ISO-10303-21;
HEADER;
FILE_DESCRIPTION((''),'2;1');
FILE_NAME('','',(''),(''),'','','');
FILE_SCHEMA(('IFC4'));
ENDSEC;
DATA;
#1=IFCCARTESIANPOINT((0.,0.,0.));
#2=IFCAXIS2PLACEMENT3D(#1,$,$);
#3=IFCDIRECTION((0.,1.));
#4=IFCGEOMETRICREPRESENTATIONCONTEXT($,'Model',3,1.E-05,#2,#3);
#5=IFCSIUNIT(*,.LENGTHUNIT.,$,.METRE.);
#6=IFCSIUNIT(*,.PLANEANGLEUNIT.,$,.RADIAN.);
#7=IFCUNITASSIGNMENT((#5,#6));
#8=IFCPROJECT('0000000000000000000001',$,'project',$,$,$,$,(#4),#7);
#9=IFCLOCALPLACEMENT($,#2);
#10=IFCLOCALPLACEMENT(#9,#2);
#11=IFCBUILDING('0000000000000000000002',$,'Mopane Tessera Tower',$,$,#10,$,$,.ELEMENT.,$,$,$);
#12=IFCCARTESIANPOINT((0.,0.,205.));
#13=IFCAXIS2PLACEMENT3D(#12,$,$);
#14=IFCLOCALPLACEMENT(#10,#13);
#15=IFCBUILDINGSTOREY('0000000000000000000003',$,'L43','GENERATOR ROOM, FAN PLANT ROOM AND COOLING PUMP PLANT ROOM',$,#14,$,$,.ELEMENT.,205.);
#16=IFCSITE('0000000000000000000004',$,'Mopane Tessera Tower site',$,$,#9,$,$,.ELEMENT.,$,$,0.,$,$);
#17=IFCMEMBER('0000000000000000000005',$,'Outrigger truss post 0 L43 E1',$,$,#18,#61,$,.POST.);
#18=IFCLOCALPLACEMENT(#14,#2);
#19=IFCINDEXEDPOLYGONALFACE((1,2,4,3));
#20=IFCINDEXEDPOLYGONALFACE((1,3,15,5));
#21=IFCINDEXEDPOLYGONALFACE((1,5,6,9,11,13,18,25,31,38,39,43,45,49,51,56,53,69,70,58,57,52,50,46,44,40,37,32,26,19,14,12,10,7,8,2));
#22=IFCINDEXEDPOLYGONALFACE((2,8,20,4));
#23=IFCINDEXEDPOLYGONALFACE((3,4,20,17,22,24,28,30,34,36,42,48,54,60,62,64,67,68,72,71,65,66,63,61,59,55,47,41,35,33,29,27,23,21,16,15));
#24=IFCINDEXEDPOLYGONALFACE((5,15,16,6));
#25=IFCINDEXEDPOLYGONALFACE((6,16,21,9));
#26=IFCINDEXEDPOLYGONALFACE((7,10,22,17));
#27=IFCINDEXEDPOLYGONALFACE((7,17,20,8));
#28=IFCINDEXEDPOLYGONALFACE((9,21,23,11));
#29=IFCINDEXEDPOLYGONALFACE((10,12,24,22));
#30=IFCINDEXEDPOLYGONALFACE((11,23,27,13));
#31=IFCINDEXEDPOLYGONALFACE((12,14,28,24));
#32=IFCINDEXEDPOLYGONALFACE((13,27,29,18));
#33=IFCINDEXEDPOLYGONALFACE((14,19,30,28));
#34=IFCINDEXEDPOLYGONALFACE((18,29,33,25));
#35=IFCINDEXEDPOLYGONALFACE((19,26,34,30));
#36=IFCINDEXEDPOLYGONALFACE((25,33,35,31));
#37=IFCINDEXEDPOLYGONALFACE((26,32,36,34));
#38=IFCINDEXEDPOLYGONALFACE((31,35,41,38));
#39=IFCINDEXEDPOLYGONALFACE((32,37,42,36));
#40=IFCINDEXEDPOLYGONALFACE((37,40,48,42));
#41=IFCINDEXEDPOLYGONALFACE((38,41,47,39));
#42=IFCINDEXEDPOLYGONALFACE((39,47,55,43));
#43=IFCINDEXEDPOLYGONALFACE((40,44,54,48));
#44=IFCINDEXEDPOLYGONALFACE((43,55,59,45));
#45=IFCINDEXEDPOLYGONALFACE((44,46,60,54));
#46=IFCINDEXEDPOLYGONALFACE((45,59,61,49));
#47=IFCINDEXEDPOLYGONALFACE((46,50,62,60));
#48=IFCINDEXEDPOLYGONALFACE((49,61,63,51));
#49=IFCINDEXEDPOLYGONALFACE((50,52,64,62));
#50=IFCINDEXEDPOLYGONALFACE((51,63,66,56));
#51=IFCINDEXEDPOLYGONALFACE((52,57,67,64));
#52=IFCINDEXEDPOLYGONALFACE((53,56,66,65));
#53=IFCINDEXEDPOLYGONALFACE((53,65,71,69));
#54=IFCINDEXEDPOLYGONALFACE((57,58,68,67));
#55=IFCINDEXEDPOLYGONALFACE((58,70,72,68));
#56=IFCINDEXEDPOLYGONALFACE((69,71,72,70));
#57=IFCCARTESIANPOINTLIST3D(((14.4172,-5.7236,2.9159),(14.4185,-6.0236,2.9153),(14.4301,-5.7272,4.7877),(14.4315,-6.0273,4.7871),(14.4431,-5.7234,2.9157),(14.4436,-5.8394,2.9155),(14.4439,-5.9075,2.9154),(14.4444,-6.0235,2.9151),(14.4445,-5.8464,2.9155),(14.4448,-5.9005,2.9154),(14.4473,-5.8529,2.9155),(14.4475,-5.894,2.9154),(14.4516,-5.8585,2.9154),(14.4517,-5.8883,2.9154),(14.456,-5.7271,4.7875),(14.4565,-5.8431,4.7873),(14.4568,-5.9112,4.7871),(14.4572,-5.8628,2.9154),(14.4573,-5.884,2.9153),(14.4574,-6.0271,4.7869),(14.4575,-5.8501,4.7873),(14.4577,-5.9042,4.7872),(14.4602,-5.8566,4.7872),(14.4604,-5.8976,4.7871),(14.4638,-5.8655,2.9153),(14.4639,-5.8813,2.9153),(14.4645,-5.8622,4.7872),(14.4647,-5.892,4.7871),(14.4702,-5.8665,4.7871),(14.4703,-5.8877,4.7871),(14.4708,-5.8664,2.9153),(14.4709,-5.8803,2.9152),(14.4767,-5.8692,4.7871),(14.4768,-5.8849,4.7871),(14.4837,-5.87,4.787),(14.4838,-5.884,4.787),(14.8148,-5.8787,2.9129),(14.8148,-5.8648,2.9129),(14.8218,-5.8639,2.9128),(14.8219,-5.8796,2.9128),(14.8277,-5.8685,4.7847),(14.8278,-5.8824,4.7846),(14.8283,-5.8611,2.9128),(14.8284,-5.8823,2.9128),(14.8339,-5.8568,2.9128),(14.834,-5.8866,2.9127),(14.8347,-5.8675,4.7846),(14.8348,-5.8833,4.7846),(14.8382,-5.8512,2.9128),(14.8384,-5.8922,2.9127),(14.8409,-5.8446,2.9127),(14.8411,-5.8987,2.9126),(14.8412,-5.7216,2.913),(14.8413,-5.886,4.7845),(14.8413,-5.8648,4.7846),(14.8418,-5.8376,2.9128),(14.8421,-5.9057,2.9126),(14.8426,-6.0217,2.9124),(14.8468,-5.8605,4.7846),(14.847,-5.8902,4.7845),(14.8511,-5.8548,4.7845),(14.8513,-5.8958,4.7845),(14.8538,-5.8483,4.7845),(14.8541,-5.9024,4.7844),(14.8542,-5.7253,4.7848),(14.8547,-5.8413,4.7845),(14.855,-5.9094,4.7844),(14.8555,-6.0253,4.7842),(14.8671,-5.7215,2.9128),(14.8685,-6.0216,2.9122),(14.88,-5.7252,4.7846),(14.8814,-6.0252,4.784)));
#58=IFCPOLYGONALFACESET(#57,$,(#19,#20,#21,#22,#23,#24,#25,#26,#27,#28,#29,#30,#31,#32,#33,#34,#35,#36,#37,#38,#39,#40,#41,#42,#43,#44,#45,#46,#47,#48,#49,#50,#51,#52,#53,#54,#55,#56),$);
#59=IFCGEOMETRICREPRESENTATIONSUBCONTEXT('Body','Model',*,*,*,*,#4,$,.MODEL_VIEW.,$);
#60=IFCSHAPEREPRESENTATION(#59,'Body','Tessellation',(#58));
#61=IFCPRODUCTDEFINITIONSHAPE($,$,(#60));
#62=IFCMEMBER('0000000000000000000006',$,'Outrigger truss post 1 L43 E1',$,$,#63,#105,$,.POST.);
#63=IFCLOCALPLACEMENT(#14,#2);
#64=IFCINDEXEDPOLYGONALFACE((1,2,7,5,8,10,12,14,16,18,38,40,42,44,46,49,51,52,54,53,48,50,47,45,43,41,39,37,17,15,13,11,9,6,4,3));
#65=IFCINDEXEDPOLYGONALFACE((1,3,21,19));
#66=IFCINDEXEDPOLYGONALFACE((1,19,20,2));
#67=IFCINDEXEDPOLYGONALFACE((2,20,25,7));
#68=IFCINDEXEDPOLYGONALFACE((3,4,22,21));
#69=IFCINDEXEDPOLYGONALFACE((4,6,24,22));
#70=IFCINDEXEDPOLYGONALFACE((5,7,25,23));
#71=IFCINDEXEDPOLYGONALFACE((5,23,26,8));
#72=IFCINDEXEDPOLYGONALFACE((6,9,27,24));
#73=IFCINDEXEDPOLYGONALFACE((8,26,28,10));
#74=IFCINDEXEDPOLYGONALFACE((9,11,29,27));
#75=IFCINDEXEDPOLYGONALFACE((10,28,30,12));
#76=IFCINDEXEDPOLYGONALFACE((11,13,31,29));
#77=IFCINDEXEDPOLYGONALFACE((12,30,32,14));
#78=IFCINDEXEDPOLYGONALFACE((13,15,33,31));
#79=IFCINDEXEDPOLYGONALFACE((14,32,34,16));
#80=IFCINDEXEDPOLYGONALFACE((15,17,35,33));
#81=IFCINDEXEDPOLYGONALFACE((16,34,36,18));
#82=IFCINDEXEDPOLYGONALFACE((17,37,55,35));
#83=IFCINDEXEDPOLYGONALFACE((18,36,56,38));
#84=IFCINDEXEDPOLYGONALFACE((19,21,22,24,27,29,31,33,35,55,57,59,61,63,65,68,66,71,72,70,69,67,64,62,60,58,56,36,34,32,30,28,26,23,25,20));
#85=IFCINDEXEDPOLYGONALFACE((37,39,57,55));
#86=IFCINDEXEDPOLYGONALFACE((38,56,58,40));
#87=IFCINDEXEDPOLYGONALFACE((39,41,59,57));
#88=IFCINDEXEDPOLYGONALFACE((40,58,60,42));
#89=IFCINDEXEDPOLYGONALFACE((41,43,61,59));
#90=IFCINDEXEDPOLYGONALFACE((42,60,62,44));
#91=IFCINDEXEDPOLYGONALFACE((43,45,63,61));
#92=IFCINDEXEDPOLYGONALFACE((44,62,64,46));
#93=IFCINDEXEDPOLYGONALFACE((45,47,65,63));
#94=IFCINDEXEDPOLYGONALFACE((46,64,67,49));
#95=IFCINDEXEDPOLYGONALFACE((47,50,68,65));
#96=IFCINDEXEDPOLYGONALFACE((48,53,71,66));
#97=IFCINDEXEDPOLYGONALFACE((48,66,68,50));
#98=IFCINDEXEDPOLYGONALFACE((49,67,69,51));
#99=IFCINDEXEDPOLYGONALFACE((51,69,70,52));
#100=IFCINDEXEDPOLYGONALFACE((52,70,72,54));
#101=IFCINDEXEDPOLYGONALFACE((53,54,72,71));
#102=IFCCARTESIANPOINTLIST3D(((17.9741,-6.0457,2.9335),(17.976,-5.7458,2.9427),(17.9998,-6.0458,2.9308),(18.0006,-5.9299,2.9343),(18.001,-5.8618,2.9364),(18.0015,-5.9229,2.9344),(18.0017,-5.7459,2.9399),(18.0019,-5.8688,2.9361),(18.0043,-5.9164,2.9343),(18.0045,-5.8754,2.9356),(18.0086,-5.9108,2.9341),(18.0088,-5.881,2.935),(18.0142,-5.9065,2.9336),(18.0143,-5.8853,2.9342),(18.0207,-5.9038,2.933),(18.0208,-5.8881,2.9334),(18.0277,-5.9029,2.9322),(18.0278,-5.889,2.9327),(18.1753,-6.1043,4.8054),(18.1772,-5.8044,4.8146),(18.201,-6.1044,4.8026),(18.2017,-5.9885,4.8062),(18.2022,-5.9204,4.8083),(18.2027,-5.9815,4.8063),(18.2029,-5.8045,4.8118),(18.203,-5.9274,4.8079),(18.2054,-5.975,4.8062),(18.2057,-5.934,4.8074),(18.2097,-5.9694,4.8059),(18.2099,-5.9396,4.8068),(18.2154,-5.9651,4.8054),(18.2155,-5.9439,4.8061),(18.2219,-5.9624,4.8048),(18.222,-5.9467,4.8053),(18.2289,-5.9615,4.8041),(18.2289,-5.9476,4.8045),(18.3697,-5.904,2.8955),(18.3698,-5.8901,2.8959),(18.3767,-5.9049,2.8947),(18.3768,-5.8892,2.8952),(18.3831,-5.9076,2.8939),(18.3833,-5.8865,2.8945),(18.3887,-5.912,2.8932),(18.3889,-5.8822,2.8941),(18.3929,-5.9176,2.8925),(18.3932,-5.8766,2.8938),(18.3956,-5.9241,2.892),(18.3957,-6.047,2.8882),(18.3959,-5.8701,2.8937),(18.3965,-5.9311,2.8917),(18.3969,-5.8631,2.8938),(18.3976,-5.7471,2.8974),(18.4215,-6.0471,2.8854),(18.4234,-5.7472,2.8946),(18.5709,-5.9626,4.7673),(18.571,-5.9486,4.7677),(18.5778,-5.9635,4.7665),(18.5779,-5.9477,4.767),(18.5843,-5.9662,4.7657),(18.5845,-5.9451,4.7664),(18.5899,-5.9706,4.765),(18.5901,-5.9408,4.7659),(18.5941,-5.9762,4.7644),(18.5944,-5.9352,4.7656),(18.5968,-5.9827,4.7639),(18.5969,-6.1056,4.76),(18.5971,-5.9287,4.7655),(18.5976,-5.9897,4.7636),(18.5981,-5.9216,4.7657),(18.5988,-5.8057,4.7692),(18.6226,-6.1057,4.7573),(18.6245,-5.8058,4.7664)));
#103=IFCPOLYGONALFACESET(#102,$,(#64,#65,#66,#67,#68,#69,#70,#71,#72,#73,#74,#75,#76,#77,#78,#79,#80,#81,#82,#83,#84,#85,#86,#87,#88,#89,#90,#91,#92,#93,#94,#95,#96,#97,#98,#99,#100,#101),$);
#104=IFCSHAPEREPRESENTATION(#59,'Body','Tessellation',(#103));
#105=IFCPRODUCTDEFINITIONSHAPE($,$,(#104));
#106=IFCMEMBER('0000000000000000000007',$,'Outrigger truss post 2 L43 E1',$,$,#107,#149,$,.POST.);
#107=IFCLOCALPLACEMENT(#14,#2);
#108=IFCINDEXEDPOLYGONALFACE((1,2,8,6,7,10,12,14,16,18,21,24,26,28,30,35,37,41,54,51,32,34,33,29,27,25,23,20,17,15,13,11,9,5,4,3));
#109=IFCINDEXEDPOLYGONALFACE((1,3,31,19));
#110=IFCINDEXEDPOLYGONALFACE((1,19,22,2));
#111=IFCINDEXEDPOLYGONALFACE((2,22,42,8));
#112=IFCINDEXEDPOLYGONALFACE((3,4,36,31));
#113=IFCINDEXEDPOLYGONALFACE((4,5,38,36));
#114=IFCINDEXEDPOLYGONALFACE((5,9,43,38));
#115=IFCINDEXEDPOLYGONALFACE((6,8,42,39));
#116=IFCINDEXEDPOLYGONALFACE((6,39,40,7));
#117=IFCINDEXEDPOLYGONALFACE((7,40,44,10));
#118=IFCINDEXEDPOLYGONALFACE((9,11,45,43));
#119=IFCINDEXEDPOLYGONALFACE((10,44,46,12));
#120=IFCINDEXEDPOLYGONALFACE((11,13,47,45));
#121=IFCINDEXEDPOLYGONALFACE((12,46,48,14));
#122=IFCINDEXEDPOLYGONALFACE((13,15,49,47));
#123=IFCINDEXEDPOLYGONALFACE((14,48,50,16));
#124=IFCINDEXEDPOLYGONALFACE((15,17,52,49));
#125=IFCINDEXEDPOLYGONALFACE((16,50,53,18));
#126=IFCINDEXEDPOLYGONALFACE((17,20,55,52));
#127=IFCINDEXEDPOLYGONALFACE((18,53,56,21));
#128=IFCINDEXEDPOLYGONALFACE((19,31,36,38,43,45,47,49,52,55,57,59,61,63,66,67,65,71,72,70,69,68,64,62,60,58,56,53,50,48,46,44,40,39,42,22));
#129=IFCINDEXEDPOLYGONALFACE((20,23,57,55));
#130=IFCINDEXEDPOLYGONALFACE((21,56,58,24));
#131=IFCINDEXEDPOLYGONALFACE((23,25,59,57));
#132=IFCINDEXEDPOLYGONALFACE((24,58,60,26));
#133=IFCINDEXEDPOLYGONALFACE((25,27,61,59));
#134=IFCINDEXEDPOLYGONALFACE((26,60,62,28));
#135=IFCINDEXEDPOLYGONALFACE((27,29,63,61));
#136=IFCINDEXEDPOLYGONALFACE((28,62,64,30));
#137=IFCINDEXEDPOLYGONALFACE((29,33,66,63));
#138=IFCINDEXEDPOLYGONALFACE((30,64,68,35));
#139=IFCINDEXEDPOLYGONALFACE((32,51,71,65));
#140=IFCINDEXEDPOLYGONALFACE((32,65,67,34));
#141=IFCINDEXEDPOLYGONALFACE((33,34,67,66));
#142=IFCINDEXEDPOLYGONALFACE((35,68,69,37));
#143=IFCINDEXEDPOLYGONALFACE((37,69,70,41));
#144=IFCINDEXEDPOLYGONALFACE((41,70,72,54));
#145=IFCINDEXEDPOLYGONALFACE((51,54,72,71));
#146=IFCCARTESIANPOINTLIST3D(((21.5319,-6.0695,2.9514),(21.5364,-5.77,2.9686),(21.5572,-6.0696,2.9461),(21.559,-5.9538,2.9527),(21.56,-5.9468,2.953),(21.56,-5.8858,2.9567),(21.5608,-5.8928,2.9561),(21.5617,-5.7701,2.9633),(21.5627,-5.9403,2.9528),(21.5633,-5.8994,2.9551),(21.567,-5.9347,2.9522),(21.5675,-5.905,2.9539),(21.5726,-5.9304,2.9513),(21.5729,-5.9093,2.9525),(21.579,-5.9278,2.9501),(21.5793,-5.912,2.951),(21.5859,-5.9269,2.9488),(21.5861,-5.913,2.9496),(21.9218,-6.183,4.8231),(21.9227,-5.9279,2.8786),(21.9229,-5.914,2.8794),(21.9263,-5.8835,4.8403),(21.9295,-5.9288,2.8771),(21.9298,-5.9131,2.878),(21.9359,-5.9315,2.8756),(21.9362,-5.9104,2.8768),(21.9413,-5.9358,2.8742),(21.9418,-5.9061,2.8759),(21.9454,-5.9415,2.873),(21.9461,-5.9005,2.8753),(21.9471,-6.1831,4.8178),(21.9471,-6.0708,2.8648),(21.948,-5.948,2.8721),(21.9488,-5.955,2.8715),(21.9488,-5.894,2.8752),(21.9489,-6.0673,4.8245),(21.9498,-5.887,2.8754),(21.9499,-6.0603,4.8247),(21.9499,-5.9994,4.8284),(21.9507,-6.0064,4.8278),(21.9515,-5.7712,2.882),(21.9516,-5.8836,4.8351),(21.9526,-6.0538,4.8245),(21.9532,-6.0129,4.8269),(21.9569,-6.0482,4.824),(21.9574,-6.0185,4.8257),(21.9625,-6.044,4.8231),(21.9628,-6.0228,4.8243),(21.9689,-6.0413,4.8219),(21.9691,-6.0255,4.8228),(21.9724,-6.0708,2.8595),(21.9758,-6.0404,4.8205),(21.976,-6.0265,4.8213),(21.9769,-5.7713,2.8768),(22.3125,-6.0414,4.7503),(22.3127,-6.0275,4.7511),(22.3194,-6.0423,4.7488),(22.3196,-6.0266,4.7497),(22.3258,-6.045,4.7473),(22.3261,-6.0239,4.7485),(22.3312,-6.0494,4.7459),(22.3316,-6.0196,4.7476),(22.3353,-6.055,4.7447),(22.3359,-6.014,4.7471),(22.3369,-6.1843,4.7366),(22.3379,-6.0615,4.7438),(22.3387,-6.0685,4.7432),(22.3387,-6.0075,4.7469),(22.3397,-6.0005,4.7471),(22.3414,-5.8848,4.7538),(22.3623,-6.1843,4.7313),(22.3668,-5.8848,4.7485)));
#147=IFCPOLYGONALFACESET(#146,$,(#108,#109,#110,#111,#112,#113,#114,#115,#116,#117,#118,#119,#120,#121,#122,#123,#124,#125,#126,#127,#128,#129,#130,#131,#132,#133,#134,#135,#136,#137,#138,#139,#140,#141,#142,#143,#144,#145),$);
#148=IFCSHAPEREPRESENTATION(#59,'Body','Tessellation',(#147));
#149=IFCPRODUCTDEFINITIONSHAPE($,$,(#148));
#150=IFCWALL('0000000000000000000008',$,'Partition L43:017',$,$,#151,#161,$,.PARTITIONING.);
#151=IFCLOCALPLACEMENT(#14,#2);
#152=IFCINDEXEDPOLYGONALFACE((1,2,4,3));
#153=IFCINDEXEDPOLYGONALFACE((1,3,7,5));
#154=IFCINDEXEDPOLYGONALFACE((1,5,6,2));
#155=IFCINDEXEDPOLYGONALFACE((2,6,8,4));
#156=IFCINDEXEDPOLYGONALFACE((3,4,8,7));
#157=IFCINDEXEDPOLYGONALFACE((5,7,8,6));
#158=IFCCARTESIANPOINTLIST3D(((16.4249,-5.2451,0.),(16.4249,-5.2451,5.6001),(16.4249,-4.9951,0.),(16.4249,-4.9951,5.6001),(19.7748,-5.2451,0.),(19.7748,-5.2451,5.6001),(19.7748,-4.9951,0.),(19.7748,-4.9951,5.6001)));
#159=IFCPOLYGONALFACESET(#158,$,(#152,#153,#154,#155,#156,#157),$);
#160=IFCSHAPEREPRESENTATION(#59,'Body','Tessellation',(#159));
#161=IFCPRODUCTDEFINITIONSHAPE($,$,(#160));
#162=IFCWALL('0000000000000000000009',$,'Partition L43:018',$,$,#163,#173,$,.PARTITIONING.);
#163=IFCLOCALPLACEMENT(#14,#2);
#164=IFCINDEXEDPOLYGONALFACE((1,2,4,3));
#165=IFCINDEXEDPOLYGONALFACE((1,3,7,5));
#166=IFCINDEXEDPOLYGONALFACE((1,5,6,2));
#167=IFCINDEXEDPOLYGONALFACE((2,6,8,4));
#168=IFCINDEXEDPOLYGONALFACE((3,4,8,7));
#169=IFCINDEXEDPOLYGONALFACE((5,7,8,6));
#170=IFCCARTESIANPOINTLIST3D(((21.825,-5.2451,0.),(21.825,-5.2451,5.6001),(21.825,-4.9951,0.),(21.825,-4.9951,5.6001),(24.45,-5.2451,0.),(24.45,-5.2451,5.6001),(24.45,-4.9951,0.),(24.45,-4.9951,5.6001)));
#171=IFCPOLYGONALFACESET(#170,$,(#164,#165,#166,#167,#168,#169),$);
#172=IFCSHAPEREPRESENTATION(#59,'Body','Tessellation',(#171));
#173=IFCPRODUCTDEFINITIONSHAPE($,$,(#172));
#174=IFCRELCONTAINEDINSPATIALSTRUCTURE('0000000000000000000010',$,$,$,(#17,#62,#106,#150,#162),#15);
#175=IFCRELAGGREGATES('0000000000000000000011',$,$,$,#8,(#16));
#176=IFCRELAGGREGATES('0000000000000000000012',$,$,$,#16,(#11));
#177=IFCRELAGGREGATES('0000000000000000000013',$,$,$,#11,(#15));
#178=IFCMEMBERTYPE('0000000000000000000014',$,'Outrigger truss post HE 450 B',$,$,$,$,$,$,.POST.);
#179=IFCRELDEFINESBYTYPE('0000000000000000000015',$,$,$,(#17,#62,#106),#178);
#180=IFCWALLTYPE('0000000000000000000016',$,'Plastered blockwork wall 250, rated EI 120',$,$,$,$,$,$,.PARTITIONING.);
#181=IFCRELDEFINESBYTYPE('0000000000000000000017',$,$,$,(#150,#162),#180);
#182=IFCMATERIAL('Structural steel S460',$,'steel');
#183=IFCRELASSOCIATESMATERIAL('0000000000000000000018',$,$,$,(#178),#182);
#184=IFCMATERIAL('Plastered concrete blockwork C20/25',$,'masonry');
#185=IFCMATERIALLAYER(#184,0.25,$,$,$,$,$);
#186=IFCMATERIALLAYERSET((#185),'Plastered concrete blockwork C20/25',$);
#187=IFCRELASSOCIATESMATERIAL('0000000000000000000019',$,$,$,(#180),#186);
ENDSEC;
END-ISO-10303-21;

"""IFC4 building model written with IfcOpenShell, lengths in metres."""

from ifc_helpers import new_model, si_unit, direction, frame, frame_2d, origin, origin_2d, place, context, subcontext, project, spatial, rectangle, i_section, extrude, material, layer, layer_set, material_profile, profile_set, type_object, element, save


model = new_model("IFC4")

# Units and contexts
model_context = context("Model", 3, precision=1e-05, world=origin(), true_north=direction((0.0, 1.0)))
body_context = subcontext(model_context, "Body", "Model", "MODEL_VIEW")
ifc_project = project(units=[si_unit("LENGTHUNIT", "METRE"), si_unit("PLANEANGLEUNIT", "RADIAN")], contexts=[model_context])

# Site, building, storey
site_placement = place(None, origin())
site = spatial("IfcSite", under=ifc_project, at=site_placement, Name="Mopane Tessera Tower site", CompositionType="ELEMENT", RefElevation=0.0)
building_placement = place(site_placement, origin())
building = spatial("IfcBuilding", under=site, at=building_placement, Name="Mopane Tessera Tower", CompositionType="ELEMENT")
storey_placement = place(building_placement, frame((0.0, 0.0, 205.0)))
storey = spatial("IfcBuildingStorey", under=building, at=storey_placement, Name="L43", Description="GENERATOR ROOM, FAN PLANT ROOM AND COOLING PUMP PLANT ROOM", CompositionType="ELEMENT", Elevation=205.0)

# Members
ifc_material_1 = material(Name="Structural steel S460", Category="steel")
ifc_material_profile_1 = material_profile(ifc_material_1, i_section(OverallWidth=0.3, OverallDepth=0.45, WebThickness=0.0139, FlangeThickness=0.0259, FilletRadius=0.0271, at=origin_2d()))
ifc_profile_set_1 = profile_set([ifc_material_profile_1], Name="Structural steel S460")
member_type_1 = type_object("IfcMemberType", Name="Outrigger truss post HE 450 B", PredefinedType="POST", material=ifc_profile_set_1)
member_1_placement = place(storey_placement, frame((14.6428, -5.8726, 2.9141), z_axis=(0.006913, -0.001956, 0.999974), x_axis=(-0.004537, 0.999988, 0.001988)))
element("IfcMember", 1, at=member_1_placement, inside=storey, type_object=member_type_1, Name="Outrigger truss post 0 L43 E1", PredefinedType="POST", context=body_context, shape_type="SweptSolid", body=[
    extrude(i_section(OverallWidth=0.3, OverallDepth=0.45, WebThickness=0.0139, FlangeThickness=0.0259, FilletRadius=0.0271, at=origin_2d()), origin(), (0.0, 0.0, 1.0), 1.8718),
])
member_2_placement = place(storey_placement, frame((18.1987, -5.8965, 2.9141), z_axis=(0.106807, -0.031109, 0.993793), x_axis=(0.006359, 0.999511, 0.030604)))
element("IfcMember", 2, at=member_2_placement, inside=storey, type_object=member_type_1, Name="Outrigger truss post 1 L43 E1", PredefinedType="POST", context=body_context, shape_type="SweptSolid", body=[
    extrude(i_section(OverallWidth=0.3, OverallDepth=0.45, WebThickness=0.0139, FlangeThickness=0.0259, FilletRadius=0.0271, at=origin_2d()), origin(), (0.0, 0.0, 1.0), 1.8835),
])
member_3_placement = place(storey_placement, frame((21.7544, -5.9204, 2.9141), z_axis=(0.20356, -0.059271, 0.977267), x_axis=(0.014948, 0.998238, 0.057429)))
element("IfcMember", 3, at=member_3_placement, inside=storey, type_object=member_type_1, Name="Outrigger truss post 2 L43 E1", PredefinedType="POST", context=body_context, shape_type="SweptSolid", body=[
    extrude(i_section(OverallWidth=0.3, OverallDepth=0.45, WebThickness=0.0139, FlangeThickness=0.0259, FilletRadius=0.0271, at=origin_2d()), origin(), (0.0, 0.0, 1.0), 1.9153),
])

# Walls
ifc_material_2 = material(Name="Plastered concrete blockwork C20/25", Category="masonry")
ifc_layer_1 = layer(ifc_material_2, 0.25)
ifc_layer_set_1 = layer_set([ifc_layer_1], Name="Plastered concrete blockwork C20/25")
wall_type = type_object("IfcWallType", Name="Plastered blockwork wall 250, rated EI 120", PredefinedType="PARTITIONING", material=ifc_layer_set_1)
wall_1_placement = place(storey_placement, frame((16.425, -5.1201, 0.0), z_axis=(0.0, 0.0, 1.0), x_axis=(1.0, 0.0, 0.0)))
element("IfcWall", 4, at=wall_1_placement, inside=storey, type_object=wall_type, Name="Partition L43:017", PredefinedType="PARTITIONING", context=body_context, shape_type="SweptSolid", body=[
    extrude(rectangle(XDim=3.3499, YDim=0.25, at=frame_2d((1.6748, 0.0))), origin(), (0.0, 0.0, 1.0), 5.6001),
])
wall_2_placement = place(storey_placement, frame((21.825, -5.1201, 0.0), z_axis=(0.0, 0.0, 1.0), x_axis=(1.0, 0.0, 0.0)))
element("IfcWall", 5, at=wall_2_placement, inside=storey, type_object=wall_type, Name="Partition L43:018", PredefinedType="PARTITIONING", context=body_context, shape_type="SweptSolid", body=[
    extrude(rectangle(XDim=2.625, YDim=0.25, at=frame_2d((1.3125, 0.0))), origin(), (0.0, 0.0, 1.0), 5.6001),
])

save(model, "model.ifc")
